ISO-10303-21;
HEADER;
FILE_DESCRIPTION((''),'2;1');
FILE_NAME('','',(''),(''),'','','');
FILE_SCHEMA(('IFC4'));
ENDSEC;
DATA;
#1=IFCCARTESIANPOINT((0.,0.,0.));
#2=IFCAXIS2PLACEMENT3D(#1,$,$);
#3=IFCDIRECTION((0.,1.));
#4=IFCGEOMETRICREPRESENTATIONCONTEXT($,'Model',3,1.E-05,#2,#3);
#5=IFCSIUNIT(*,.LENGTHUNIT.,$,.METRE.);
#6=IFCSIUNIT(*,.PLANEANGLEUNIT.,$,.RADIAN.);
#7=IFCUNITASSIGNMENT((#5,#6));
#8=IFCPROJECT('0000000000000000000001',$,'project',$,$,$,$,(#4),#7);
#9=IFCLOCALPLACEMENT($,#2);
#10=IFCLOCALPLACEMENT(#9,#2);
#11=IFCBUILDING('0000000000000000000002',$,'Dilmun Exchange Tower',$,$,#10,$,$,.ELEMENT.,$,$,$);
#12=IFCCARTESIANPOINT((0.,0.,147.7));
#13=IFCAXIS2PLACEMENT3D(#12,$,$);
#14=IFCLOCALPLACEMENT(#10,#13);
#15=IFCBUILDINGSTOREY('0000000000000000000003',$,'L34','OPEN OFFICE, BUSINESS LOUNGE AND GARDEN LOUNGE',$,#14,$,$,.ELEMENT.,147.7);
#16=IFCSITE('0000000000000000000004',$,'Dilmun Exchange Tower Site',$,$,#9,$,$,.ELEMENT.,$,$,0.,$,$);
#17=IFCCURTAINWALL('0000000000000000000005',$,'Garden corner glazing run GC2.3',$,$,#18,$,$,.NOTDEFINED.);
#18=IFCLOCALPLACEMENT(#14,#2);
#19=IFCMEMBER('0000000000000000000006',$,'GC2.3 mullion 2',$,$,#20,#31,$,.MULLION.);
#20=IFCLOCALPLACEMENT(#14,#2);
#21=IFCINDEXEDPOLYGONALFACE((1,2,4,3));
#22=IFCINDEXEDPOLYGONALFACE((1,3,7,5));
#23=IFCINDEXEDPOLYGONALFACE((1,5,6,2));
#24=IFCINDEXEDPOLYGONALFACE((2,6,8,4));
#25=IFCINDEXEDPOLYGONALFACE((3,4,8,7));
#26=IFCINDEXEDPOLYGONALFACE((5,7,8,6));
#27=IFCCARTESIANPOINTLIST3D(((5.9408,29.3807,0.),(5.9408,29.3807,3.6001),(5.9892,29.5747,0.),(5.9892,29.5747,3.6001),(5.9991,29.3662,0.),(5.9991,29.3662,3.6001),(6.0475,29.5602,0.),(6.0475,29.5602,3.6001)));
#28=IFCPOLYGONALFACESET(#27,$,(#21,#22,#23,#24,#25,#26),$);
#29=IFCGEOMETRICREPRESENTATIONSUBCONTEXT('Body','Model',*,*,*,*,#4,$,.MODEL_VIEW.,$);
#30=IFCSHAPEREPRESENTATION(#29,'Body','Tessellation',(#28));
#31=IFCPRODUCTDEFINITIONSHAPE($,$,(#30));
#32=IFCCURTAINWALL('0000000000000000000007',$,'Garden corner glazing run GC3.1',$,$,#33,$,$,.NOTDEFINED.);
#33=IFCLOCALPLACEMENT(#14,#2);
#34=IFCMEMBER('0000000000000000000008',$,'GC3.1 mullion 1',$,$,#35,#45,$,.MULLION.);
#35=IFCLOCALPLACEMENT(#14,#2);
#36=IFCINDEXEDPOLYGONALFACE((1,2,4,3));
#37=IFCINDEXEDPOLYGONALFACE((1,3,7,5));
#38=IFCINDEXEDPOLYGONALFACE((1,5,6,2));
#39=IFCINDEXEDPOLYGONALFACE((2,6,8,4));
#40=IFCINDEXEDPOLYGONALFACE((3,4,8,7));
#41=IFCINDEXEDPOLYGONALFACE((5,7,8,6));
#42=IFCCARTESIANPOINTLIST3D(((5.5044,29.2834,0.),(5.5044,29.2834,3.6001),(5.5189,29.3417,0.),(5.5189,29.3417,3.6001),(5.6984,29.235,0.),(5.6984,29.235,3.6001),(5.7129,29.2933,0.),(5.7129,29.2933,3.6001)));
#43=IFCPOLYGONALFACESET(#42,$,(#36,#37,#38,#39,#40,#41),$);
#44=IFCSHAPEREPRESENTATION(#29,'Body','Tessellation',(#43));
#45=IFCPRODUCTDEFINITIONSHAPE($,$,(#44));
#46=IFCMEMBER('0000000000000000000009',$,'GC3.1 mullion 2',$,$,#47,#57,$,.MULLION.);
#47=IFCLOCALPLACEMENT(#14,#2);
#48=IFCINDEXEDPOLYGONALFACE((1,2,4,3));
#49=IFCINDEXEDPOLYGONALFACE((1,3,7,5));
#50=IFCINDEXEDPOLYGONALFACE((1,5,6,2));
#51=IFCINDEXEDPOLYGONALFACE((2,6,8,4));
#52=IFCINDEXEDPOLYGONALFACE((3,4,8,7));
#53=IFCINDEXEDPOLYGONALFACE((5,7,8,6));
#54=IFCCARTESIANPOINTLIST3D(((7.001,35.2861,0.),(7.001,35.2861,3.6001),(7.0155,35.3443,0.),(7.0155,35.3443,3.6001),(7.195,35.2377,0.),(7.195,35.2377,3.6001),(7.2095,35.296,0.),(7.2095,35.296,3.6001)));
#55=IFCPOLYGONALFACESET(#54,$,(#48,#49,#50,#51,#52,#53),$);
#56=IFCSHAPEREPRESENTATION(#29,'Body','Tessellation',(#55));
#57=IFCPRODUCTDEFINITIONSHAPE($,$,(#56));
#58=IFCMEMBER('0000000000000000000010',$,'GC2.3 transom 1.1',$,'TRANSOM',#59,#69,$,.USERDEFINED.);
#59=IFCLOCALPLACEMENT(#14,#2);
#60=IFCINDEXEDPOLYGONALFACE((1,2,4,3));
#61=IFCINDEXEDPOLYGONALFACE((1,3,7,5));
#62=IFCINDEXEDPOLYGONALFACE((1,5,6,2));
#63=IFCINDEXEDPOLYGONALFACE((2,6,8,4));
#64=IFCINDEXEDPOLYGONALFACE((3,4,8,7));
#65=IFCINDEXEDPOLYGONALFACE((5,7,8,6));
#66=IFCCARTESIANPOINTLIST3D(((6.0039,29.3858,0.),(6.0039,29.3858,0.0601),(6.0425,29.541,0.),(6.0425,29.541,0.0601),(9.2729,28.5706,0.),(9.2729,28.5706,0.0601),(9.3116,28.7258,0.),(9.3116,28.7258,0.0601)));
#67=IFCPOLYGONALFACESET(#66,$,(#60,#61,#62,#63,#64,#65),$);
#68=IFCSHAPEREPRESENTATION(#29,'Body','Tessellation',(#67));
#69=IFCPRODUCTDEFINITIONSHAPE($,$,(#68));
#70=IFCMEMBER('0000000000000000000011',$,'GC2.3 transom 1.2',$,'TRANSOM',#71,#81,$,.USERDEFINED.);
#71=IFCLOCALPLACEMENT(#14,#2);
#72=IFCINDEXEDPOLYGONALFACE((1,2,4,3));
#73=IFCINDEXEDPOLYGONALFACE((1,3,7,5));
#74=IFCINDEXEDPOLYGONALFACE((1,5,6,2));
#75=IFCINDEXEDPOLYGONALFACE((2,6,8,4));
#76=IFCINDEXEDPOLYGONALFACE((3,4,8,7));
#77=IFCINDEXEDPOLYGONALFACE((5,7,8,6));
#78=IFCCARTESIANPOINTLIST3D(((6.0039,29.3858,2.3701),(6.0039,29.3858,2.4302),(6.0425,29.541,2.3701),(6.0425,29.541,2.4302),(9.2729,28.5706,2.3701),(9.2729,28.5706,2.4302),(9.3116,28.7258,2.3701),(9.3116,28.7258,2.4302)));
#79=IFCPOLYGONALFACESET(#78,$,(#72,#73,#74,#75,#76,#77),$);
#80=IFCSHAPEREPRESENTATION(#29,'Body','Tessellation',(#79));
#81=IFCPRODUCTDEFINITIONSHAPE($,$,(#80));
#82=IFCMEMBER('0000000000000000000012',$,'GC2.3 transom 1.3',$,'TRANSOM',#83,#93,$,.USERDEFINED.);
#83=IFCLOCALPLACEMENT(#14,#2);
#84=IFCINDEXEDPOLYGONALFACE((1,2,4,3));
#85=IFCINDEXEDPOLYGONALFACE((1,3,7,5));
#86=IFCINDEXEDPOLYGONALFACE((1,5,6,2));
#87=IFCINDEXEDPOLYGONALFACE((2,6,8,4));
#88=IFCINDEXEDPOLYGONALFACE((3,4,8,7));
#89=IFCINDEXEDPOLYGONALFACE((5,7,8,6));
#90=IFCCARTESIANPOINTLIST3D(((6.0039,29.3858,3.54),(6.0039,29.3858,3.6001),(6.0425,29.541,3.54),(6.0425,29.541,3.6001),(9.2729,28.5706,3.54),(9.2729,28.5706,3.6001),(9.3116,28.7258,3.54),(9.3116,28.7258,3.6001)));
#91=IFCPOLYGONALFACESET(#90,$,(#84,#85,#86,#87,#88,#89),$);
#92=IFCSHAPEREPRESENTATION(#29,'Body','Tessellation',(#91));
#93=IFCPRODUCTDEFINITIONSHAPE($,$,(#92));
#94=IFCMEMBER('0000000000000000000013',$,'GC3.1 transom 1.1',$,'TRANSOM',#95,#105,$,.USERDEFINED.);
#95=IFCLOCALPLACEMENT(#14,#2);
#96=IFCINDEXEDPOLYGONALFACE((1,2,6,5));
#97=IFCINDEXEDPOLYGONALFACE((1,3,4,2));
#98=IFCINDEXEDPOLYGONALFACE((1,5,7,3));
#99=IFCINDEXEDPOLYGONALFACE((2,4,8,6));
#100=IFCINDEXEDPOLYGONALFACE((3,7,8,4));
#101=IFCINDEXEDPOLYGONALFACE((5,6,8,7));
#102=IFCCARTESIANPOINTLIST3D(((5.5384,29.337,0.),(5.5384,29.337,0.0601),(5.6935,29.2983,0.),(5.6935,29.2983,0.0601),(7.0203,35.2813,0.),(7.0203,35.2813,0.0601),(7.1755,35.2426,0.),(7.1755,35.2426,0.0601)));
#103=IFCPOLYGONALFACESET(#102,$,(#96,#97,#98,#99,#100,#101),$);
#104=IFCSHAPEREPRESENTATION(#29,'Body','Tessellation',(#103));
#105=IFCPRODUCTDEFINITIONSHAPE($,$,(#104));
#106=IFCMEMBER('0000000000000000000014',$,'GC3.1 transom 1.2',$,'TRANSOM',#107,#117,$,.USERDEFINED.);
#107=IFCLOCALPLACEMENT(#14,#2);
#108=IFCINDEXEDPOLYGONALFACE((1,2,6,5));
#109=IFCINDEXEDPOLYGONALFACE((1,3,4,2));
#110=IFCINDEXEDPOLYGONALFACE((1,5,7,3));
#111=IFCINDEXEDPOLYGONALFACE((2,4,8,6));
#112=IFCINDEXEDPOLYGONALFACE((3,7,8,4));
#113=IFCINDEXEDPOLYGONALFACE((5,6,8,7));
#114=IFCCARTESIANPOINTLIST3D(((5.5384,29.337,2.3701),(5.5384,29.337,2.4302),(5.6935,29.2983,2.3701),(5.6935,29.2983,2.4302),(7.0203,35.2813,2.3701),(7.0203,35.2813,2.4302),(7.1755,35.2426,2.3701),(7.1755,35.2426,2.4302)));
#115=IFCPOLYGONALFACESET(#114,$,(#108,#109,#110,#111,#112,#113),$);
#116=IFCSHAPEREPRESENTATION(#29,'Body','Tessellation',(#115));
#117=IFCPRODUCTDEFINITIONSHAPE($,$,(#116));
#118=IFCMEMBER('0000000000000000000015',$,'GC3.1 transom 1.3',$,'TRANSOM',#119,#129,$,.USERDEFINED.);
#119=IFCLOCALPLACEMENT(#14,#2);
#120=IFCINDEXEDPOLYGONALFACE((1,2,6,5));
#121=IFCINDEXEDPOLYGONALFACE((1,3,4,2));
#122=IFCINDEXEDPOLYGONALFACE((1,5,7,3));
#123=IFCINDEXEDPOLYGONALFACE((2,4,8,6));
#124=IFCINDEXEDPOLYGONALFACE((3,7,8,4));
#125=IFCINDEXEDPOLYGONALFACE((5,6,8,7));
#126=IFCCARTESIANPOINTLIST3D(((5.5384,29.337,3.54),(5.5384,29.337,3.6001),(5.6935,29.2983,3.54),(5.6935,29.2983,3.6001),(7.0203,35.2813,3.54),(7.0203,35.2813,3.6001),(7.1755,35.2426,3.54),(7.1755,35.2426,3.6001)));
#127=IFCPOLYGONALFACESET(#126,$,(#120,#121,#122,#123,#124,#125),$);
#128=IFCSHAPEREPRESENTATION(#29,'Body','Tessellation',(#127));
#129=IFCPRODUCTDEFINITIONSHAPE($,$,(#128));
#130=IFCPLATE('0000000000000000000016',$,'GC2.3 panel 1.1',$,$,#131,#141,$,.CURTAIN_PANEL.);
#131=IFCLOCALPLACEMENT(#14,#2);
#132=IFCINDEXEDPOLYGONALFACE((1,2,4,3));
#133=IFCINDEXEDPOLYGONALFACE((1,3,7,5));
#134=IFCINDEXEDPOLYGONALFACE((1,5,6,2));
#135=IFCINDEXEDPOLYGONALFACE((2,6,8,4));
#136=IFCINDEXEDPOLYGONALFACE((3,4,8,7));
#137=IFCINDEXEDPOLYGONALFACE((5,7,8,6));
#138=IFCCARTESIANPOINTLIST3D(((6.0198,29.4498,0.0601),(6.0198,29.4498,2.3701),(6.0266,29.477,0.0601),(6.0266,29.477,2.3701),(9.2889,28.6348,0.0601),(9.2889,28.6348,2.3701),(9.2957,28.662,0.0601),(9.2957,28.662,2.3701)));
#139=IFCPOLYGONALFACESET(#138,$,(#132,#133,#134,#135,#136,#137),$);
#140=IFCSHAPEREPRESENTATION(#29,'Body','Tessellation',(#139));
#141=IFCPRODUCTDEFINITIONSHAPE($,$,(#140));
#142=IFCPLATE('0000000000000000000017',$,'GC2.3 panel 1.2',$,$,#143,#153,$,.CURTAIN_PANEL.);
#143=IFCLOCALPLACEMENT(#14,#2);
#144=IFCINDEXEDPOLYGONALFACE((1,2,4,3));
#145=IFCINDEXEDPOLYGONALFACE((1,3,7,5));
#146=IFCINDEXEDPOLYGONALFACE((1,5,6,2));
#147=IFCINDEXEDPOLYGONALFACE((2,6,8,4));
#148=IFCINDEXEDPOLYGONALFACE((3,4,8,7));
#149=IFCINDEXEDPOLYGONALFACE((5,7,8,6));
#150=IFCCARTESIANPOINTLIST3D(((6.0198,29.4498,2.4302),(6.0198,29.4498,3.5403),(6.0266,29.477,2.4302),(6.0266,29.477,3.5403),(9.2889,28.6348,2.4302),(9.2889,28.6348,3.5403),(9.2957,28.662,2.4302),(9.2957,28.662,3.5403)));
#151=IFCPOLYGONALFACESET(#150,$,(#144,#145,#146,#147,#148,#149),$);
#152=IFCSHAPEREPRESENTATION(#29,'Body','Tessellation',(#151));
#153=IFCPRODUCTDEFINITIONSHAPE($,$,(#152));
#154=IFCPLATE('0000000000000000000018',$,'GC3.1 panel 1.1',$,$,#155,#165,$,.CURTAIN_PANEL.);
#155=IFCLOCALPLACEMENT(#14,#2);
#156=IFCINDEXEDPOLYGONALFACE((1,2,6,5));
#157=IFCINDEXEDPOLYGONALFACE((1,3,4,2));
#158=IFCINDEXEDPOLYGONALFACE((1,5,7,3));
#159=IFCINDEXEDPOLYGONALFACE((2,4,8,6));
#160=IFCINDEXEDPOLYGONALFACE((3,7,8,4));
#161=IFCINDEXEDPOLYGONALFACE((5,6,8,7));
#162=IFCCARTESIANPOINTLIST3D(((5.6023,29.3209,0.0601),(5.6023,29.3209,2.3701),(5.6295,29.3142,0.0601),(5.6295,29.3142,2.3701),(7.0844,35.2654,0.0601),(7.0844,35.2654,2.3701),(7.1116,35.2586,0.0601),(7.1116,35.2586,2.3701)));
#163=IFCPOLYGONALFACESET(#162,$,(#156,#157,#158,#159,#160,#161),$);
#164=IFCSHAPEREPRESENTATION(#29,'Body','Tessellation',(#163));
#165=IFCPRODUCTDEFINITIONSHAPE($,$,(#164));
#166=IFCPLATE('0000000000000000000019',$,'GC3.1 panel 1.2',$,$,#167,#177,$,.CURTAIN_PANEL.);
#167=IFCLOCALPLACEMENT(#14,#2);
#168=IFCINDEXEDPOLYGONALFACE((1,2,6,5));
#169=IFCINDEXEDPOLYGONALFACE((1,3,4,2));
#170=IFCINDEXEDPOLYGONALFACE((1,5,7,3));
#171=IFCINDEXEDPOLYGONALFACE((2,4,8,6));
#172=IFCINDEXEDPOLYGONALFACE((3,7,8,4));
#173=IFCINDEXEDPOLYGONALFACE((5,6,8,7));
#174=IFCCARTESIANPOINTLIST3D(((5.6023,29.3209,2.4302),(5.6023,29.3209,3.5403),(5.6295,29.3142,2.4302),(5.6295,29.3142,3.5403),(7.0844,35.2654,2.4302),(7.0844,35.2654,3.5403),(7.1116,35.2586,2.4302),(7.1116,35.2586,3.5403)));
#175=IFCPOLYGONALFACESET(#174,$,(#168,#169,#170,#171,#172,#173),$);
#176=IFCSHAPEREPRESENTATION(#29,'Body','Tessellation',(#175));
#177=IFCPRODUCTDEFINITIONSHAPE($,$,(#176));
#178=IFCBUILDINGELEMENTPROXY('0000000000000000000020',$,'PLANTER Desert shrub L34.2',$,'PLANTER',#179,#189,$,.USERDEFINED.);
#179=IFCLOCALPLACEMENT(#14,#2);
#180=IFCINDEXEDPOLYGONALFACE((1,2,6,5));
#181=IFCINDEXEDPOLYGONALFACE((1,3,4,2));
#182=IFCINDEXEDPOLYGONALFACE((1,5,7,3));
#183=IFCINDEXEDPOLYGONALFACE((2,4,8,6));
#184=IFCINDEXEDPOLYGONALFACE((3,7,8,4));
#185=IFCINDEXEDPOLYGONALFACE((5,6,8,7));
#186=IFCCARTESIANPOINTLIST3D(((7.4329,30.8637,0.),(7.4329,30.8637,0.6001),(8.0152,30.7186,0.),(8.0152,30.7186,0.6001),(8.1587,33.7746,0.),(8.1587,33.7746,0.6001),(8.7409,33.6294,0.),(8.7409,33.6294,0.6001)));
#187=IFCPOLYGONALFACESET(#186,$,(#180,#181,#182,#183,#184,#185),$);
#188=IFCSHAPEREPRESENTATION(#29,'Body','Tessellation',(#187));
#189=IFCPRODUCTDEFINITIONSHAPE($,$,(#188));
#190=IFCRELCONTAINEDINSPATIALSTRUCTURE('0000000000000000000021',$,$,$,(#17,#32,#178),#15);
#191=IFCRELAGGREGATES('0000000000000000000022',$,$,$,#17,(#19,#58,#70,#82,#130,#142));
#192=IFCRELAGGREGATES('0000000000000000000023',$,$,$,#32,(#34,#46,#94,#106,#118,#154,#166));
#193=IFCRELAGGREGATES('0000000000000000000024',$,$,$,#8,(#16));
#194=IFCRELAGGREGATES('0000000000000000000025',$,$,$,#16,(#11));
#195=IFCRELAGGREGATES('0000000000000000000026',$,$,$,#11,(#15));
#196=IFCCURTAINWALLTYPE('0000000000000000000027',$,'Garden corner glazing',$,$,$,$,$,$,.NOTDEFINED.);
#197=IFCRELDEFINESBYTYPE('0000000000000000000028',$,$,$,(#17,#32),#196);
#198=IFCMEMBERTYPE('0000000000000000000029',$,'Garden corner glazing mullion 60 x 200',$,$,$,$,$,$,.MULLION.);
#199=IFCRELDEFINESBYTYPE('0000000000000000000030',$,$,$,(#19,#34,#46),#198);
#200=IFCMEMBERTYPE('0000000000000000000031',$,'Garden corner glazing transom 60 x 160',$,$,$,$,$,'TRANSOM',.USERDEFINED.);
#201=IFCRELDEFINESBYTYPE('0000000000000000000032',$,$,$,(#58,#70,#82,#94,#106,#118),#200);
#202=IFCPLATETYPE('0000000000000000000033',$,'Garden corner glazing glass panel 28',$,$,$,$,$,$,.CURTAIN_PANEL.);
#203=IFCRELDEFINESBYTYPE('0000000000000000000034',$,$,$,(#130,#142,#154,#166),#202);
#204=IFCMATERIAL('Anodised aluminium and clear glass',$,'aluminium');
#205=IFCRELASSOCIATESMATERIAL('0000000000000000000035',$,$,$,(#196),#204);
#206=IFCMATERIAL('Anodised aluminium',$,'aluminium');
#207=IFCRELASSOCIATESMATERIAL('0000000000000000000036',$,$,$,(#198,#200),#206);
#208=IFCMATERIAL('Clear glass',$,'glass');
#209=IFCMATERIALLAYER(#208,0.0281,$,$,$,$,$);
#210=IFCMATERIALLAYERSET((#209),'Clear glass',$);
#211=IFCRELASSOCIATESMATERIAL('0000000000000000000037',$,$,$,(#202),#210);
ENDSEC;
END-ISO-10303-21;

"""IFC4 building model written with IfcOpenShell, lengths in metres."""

from ifc_helpers import new_model, si_unit, direction, frame, origin, origin_2d, place, context, subcontext, project, spatial, rectangle, extrude, material, layer, layer_set, material_profile, profile_set, type_object, element, aggregate, save


model = new_model("IFC4")

# Units and contexts
model_context = context("Model", 3, precision=1e-05, world=origin(), true_north=direction((0.0, 1.0)))
body_context = subcontext(model_context, "Body", "Model", "MODEL_VIEW")
ifc_project = project(units=[si_unit("LENGTHUNIT", "METRE"), si_unit("PLANEANGLEUNIT", "RADIAN")], contexts=[model_context])

# Site, building, storey
site_placement = place(None, origin())
site = spatial("IfcSite", under=ifc_project, at=site_placement, Name="Dilmun Exchange Tower Site", CompositionType="ELEMENT", RefElevation=0.0)
building_placement = place(site_placement, origin())
building = spatial("IfcBuilding", under=site, at=building_placement, Name="Dilmun Exchange Tower", CompositionType="ELEMENT")
storey_placement = place(building_placement, frame((0.0, 0.0, 147.7)))
storey = spatial("IfcBuildingStorey", under=building, at=storey_placement, Name="L34", Description="OPEN OFFICE, BUSINESS LOUNGE AND GARDEN LOUNGE", CompositionType="ELEMENT", Elevation=147.7)

# Curtain wall, member
ifc_material_1 = material(Name="Anodised aluminium and clear glass", Category="aluminium")
curtain_wall_type = type_object("IfcCurtainWallType", Name="Garden corner glazing", PredefinedType="NOTDEFINED", material=ifc_material_1)
curtain_wall_1_placement = place(storey_placement, origin())
curtain_wall_1 = element("IfcCurtainWall", 1, at=curtain_wall_1_placement, inside=storey, type_object=curtain_wall_type, Name="Garden corner glazing run GC2.3", PredefinedType="NOTDEFINED")
ifc_material_2 = material(Name="Anodised aluminium", Category="aluminium")
ifc_material_profile_1 = material_profile(ifc_material_2, rectangle(XDim=0.2, YDim=0.0601, at=origin_2d()), Name="AL 60x200")
ifc_profile_set_1 = profile_set([ifc_material_profile_1], Name="Anodised aluminium")
member_type_1 = type_object("IfcMemberType", Name="Garden corner glazing mullion 60 x 200", PredefinedType="MULLION", material=ifc_profile_set_1)
member_1_placement = place(storey_placement, frame((5.9941, 29.4705, 0.0), z_axis=(0.0, 0.0, 1.0), x_axis=(-0.241895, -0.970302, 0.0)))
member_1 = element("IfcMember", 2, at=member_1_placement, type_object=member_type_1, Name="GC2.3 mullion 2", PredefinedType="MULLION", context=body_context, shape_type="SweptSolid", body=[
    extrude(rectangle(XDim=0.2, YDim=0.0601, at=origin_2d()), origin(), (0.0, 0.0, 1.0), 3.6001),
])

# Curtain wall, members
curtain_wall_2_placement = place(storey_placement, origin())
curtain_wall_2 = element("IfcCurtainWall", 3, at=curtain_wall_2_placement, inside=storey, type_object=curtain_wall_type, Name="Garden corner glazing run GC3.1", PredefinedType="NOTDEFINED")
member_2_placement = place(storey_placement, frame((5.6086, 29.2883, 0.0), z_axis=(0.0, 0.0, 1.0), x_axis=(-0.970298, 0.241914, 0.0)))
member_2 = element("IfcMember", 4, at=member_2_placement, type_object=member_type_1, Name="GC3.1 mullion 1", PredefinedType="MULLION", context=body_context, shape_type="SweptSolid", body=[
    extrude(rectangle(XDim=0.2, YDim=0.0601, at=origin_2d()), origin(), (0.0, 0.0, 1.0), 3.6001),
])
member_3_placement = place(storey_placement, frame((7.1052, 35.291, 0.0), z_axis=(0.0, 0.0, 1.0), x_axis=(-0.970298, 0.241914, 0.0)))
member_3 = element("IfcMember", 5, at=member_3_placement, type_object=member_type_1, Name="GC3.1 mullion 2", PredefinedType="MULLION", context=body_context, shape_type="SweptSolid", body=[
    extrude(rectangle(XDim=0.2, YDim=0.0601, at=origin_2d()), origin(), (0.0, 0.0, 1.0), 3.6001),
])

# Members
ifc_material_profile_2 = material_profile(ifc_material_2, rectangle(XDim=0.1599, YDim=0.0601, at=origin_2d()), Name="AL 60x160")
ifc_profile_set_2 = profile_set([ifc_material_profile_2], Name="Anodised aluminium")
member_type_2 = type_object("IfcMemberType", Name="Garden corner glazing transom 60 x 160", ElementType="TRANSOM", PredefinedType="USERDEFINED", material=ifc_profile_set_2)
member_4_placement = place(storey_placement, frame((9.2922, 28.6482, 0.03), z_axis=(-0.970287, 0.241956, 0.0), x_axis=(-0.241956, -0.970287, 0.0)))
member_4 = element("IfcMember", 6, at=member_4_placement, type_object=member_type_2, Name="GC2.3 transom 1.1", ObjectType="TRANSOM", PredefinedType="USERDEFINED", context=body_context, shape_type="SweptSolid", body=[
    extrude(rectangle(XDim=0.1599, YDim=0.0601, at=origin_2d()), origin(), (0.0, 0.0, 1.0), 3.3691),
])
member_5_placement = place(storey_placement, frame((9.2922, 28.6482, 2.4001), z_axis=(-0.970287, 0.241956, 0.0), x_axis=(-0.241956, -0.970287, 0.0)))
member_5 = element("IfcMember", 7, at=member_5_placement, type_object=member_type_2, Name="GC2.3 transom 1.2", ObjectType="TRANSOM", PredefinedType="USERDEFINED", context=body_context, shape_type="SweptSolid", body=[
    extrude(rectangle(XDim=0.1599, YDim=0.0601, at=origin_2d()), origin(), (0.0, 0.0, 1.0), 3.3691),
])
member_6_placement = place(storey_placement, frame((9.2922, 28.6482, 3.5701), z_axis=(-0.970287, 0.241956, 0.0), x_axis=(-0.241956, -0.970287, 0.0)))
member_6 = element("IfcMember", 8, at=member_6_placement, type_object=member_type_2, Name="GC2.3 transom 1.3", ObjectType="TRANSOM", PredefinedType="USERDEFINED", context=body_context, shape_type="SweptSolid", body=[
    extrude(rectangle(XDim=0.1599, YDim=0.0601, at=origin_2d()), origin(), (0.0, 0.0, 1.0), 3.3691),
])
member_7_placement = place(storey_placement, frame((5.616, 29.3176, 0.03), z_axis=(0.241898, 0.970302, 0.0), x_axis=(-0.970302, 0.241898, 0.0)))
member_7 = element("IfcMember", 9, at=member_7_placement, type_object=member_type_2, Name="GC3.1 transom 1.1", ObjectType="TRANSOM", PredefinedType="USERDEFINED", context=body_context, shape_type="SweptSolid", body=[
    extrude(rectangle(XDim=0.1599, YDim=0.0601, at=origin_2d()), origin(), (0.0, 0.0, 1.0), 6.1262),
])
member_8_placement = place(storey_placement, frame((5.616, 29.3176, 2.4001), z_axis=(0.241898, 0.970302, 0.0), x_axis=(-0.970302, 0.241898, 0.0)))
member_8 = element("IfcMember", 10, at=member_8_placement, type_object=member_type_2, Name="GC3.1 transom 1.2", ObjectType="TRANSOM", PredefinedType="USERDEFINED", context=body_context, shape_type="SweptSolid", body=[
    extrude(rectangle(XDim=0.1599, YDim=0.0601, at=origin_2d()), origin(), (0.0, 0.0, 1.0), 6.1262),
])
member_9_placement = place(storey_placement, frame((5.616, 29.3176, 3.5701), z_axis=(0.241898, 0.970302, 0.0), x_axis=(-0.970302, 0.241898, 0.0)))
member_9 = element("IfcMember", 11, at=member_9_placement, type_object=member_type_2, Name="GC3.1 transom 1.3", ObjectType="TRANSOM", PredefinedType="USERDEFINED", context=body_context, shape_type="SweptSolid", body=[
    extrude(rectangle(XDim=0.1599, YDim=0.0601, at=origin_2d()), origin(), (0.0, 0.0, 1.0), 6.1262),
])

# Plates
ifc_material_3 = material(Name="Clear glass", Category="glass")
ifc_layer_1 = layer(ifc_material_3, 0.0281)
ifc_layer_set_1 = layer_set([ifc_layer_1], Name="Clear glass")
plate_type = type_object("IfcPlateType", Name="Garden corner glazing glass panel 28", PredefinedType="CURTAIN_PANEL", material=ifc_layer_set_1)
plate_1_placement = place(storey_placement, frame((7.6577, 29.0559, 0.0601), z_axis=(0.0, 0.0, 1.0), x_axis=(-0.970302, 0.241895, 0.0)))
plate_1 = element("IfcPlate", 12, at=plate_1_placement, type_object=plate_type, Name="GC2.3 panel 1.1", PredefinedType="CURTAIN_PANEL", context=body_context, shape_type="SweptSolid", body=[
    extrude(rectangle(XDim=3.3691, YDim=0.0281, at=origin_2d()), origin(), (0.0, 0.0, 1.0), 2.3101),
])
plate_2_placement = place(storey_placement, frame((7.6577, 29.0559, 2.4302), z_axis=(0.0, 0.0, 1.0), x_axis=(-0.970302, 0.241895, 0.0)))
plate_2 = element("IfcPlate", 13, at=plate_2_placement, type_object=plate_type, Name="GC2.3 panel 1.2", PredefinedType="CURTAIN_PANEL", context=body_context, shape_type="SweptSolid", body=[
    extrude(rectangle(XDim=3.3691, YDim=0.0281, at=origin_2d()), origin(), (0.0, 0.0, 1.0), 1.1101),
])
aggregate(curtain_wall_1, [member_1, member_4, member_5, member_6, plate_1, plate_2])
plate_3_placement = place(storey_placement, frame((6.3569, 32.2898, 0.0601), z_axis=(0.0, 0.0, 1.0), x_axis=(0.241914, 0.970298, 0.0)))
plate_3 = element("IfcPlate", 14, at=plate_3_placement, type_object=plate_type, Name="GC3.1 panel 1.1", PredefinedType="CURTAIN_PANEL", context=body_context, shape_type="SweptSolid", body=[
    extrude(rectangle(XDim=6.1265, YDim=0.0281, at=origin_2d()), origin(), (0.0, 0.0, 1.0), 2.3101),
])
plate_4_placement = place(storey_placement, frame((6.3569, 32.2898, 2.4302), z_axis=(0.0, 0.0, 1.0), x_axis=(0.241914, 0.970298, 0.0)))
plate_4 = element("IfcPlate", 15, at=plate_4_placement, type_object=plate_type, Name="GC3.1 panel 1.2", PredefinedType="CURTAIN_PANEL", context=body_context, shape_type="SweptSolid", body=[
    extrude(rectangle(XDim=6.1265, YDim=0.0281, at=origin_2d()), origin(), (0.0, 0.0, 1.0), 1.1101),
])
aggregate(curtain_wall_2, [member_2, member_3, member_7, member_8, member_9, plate_3, plate_4])

# Building element proxy
proxy_placement = place(storey_placement, frame((8.0869, 32.2466, 0.0), z_axis=(0.0, 0.0, 1.0), x_axis=(0.241922, 0.970296, 0.0)))
element("IfcBuildingElementProxy", 16, at=proxy_placement, inside=storey, Name="PLANTER Desert shrub L34.2", ObjectType="PLANTER", PredefinedType="USERDEFINED", context=body_context, shape_type="SweptSolid", body=[
    extrude(rectangle(XDim=3.0, YDim=0.6001, at=origin_2d()), origin(), (0.0, 0.0, 1.0), 0.6001),
])

save(model, "model.ifc")
